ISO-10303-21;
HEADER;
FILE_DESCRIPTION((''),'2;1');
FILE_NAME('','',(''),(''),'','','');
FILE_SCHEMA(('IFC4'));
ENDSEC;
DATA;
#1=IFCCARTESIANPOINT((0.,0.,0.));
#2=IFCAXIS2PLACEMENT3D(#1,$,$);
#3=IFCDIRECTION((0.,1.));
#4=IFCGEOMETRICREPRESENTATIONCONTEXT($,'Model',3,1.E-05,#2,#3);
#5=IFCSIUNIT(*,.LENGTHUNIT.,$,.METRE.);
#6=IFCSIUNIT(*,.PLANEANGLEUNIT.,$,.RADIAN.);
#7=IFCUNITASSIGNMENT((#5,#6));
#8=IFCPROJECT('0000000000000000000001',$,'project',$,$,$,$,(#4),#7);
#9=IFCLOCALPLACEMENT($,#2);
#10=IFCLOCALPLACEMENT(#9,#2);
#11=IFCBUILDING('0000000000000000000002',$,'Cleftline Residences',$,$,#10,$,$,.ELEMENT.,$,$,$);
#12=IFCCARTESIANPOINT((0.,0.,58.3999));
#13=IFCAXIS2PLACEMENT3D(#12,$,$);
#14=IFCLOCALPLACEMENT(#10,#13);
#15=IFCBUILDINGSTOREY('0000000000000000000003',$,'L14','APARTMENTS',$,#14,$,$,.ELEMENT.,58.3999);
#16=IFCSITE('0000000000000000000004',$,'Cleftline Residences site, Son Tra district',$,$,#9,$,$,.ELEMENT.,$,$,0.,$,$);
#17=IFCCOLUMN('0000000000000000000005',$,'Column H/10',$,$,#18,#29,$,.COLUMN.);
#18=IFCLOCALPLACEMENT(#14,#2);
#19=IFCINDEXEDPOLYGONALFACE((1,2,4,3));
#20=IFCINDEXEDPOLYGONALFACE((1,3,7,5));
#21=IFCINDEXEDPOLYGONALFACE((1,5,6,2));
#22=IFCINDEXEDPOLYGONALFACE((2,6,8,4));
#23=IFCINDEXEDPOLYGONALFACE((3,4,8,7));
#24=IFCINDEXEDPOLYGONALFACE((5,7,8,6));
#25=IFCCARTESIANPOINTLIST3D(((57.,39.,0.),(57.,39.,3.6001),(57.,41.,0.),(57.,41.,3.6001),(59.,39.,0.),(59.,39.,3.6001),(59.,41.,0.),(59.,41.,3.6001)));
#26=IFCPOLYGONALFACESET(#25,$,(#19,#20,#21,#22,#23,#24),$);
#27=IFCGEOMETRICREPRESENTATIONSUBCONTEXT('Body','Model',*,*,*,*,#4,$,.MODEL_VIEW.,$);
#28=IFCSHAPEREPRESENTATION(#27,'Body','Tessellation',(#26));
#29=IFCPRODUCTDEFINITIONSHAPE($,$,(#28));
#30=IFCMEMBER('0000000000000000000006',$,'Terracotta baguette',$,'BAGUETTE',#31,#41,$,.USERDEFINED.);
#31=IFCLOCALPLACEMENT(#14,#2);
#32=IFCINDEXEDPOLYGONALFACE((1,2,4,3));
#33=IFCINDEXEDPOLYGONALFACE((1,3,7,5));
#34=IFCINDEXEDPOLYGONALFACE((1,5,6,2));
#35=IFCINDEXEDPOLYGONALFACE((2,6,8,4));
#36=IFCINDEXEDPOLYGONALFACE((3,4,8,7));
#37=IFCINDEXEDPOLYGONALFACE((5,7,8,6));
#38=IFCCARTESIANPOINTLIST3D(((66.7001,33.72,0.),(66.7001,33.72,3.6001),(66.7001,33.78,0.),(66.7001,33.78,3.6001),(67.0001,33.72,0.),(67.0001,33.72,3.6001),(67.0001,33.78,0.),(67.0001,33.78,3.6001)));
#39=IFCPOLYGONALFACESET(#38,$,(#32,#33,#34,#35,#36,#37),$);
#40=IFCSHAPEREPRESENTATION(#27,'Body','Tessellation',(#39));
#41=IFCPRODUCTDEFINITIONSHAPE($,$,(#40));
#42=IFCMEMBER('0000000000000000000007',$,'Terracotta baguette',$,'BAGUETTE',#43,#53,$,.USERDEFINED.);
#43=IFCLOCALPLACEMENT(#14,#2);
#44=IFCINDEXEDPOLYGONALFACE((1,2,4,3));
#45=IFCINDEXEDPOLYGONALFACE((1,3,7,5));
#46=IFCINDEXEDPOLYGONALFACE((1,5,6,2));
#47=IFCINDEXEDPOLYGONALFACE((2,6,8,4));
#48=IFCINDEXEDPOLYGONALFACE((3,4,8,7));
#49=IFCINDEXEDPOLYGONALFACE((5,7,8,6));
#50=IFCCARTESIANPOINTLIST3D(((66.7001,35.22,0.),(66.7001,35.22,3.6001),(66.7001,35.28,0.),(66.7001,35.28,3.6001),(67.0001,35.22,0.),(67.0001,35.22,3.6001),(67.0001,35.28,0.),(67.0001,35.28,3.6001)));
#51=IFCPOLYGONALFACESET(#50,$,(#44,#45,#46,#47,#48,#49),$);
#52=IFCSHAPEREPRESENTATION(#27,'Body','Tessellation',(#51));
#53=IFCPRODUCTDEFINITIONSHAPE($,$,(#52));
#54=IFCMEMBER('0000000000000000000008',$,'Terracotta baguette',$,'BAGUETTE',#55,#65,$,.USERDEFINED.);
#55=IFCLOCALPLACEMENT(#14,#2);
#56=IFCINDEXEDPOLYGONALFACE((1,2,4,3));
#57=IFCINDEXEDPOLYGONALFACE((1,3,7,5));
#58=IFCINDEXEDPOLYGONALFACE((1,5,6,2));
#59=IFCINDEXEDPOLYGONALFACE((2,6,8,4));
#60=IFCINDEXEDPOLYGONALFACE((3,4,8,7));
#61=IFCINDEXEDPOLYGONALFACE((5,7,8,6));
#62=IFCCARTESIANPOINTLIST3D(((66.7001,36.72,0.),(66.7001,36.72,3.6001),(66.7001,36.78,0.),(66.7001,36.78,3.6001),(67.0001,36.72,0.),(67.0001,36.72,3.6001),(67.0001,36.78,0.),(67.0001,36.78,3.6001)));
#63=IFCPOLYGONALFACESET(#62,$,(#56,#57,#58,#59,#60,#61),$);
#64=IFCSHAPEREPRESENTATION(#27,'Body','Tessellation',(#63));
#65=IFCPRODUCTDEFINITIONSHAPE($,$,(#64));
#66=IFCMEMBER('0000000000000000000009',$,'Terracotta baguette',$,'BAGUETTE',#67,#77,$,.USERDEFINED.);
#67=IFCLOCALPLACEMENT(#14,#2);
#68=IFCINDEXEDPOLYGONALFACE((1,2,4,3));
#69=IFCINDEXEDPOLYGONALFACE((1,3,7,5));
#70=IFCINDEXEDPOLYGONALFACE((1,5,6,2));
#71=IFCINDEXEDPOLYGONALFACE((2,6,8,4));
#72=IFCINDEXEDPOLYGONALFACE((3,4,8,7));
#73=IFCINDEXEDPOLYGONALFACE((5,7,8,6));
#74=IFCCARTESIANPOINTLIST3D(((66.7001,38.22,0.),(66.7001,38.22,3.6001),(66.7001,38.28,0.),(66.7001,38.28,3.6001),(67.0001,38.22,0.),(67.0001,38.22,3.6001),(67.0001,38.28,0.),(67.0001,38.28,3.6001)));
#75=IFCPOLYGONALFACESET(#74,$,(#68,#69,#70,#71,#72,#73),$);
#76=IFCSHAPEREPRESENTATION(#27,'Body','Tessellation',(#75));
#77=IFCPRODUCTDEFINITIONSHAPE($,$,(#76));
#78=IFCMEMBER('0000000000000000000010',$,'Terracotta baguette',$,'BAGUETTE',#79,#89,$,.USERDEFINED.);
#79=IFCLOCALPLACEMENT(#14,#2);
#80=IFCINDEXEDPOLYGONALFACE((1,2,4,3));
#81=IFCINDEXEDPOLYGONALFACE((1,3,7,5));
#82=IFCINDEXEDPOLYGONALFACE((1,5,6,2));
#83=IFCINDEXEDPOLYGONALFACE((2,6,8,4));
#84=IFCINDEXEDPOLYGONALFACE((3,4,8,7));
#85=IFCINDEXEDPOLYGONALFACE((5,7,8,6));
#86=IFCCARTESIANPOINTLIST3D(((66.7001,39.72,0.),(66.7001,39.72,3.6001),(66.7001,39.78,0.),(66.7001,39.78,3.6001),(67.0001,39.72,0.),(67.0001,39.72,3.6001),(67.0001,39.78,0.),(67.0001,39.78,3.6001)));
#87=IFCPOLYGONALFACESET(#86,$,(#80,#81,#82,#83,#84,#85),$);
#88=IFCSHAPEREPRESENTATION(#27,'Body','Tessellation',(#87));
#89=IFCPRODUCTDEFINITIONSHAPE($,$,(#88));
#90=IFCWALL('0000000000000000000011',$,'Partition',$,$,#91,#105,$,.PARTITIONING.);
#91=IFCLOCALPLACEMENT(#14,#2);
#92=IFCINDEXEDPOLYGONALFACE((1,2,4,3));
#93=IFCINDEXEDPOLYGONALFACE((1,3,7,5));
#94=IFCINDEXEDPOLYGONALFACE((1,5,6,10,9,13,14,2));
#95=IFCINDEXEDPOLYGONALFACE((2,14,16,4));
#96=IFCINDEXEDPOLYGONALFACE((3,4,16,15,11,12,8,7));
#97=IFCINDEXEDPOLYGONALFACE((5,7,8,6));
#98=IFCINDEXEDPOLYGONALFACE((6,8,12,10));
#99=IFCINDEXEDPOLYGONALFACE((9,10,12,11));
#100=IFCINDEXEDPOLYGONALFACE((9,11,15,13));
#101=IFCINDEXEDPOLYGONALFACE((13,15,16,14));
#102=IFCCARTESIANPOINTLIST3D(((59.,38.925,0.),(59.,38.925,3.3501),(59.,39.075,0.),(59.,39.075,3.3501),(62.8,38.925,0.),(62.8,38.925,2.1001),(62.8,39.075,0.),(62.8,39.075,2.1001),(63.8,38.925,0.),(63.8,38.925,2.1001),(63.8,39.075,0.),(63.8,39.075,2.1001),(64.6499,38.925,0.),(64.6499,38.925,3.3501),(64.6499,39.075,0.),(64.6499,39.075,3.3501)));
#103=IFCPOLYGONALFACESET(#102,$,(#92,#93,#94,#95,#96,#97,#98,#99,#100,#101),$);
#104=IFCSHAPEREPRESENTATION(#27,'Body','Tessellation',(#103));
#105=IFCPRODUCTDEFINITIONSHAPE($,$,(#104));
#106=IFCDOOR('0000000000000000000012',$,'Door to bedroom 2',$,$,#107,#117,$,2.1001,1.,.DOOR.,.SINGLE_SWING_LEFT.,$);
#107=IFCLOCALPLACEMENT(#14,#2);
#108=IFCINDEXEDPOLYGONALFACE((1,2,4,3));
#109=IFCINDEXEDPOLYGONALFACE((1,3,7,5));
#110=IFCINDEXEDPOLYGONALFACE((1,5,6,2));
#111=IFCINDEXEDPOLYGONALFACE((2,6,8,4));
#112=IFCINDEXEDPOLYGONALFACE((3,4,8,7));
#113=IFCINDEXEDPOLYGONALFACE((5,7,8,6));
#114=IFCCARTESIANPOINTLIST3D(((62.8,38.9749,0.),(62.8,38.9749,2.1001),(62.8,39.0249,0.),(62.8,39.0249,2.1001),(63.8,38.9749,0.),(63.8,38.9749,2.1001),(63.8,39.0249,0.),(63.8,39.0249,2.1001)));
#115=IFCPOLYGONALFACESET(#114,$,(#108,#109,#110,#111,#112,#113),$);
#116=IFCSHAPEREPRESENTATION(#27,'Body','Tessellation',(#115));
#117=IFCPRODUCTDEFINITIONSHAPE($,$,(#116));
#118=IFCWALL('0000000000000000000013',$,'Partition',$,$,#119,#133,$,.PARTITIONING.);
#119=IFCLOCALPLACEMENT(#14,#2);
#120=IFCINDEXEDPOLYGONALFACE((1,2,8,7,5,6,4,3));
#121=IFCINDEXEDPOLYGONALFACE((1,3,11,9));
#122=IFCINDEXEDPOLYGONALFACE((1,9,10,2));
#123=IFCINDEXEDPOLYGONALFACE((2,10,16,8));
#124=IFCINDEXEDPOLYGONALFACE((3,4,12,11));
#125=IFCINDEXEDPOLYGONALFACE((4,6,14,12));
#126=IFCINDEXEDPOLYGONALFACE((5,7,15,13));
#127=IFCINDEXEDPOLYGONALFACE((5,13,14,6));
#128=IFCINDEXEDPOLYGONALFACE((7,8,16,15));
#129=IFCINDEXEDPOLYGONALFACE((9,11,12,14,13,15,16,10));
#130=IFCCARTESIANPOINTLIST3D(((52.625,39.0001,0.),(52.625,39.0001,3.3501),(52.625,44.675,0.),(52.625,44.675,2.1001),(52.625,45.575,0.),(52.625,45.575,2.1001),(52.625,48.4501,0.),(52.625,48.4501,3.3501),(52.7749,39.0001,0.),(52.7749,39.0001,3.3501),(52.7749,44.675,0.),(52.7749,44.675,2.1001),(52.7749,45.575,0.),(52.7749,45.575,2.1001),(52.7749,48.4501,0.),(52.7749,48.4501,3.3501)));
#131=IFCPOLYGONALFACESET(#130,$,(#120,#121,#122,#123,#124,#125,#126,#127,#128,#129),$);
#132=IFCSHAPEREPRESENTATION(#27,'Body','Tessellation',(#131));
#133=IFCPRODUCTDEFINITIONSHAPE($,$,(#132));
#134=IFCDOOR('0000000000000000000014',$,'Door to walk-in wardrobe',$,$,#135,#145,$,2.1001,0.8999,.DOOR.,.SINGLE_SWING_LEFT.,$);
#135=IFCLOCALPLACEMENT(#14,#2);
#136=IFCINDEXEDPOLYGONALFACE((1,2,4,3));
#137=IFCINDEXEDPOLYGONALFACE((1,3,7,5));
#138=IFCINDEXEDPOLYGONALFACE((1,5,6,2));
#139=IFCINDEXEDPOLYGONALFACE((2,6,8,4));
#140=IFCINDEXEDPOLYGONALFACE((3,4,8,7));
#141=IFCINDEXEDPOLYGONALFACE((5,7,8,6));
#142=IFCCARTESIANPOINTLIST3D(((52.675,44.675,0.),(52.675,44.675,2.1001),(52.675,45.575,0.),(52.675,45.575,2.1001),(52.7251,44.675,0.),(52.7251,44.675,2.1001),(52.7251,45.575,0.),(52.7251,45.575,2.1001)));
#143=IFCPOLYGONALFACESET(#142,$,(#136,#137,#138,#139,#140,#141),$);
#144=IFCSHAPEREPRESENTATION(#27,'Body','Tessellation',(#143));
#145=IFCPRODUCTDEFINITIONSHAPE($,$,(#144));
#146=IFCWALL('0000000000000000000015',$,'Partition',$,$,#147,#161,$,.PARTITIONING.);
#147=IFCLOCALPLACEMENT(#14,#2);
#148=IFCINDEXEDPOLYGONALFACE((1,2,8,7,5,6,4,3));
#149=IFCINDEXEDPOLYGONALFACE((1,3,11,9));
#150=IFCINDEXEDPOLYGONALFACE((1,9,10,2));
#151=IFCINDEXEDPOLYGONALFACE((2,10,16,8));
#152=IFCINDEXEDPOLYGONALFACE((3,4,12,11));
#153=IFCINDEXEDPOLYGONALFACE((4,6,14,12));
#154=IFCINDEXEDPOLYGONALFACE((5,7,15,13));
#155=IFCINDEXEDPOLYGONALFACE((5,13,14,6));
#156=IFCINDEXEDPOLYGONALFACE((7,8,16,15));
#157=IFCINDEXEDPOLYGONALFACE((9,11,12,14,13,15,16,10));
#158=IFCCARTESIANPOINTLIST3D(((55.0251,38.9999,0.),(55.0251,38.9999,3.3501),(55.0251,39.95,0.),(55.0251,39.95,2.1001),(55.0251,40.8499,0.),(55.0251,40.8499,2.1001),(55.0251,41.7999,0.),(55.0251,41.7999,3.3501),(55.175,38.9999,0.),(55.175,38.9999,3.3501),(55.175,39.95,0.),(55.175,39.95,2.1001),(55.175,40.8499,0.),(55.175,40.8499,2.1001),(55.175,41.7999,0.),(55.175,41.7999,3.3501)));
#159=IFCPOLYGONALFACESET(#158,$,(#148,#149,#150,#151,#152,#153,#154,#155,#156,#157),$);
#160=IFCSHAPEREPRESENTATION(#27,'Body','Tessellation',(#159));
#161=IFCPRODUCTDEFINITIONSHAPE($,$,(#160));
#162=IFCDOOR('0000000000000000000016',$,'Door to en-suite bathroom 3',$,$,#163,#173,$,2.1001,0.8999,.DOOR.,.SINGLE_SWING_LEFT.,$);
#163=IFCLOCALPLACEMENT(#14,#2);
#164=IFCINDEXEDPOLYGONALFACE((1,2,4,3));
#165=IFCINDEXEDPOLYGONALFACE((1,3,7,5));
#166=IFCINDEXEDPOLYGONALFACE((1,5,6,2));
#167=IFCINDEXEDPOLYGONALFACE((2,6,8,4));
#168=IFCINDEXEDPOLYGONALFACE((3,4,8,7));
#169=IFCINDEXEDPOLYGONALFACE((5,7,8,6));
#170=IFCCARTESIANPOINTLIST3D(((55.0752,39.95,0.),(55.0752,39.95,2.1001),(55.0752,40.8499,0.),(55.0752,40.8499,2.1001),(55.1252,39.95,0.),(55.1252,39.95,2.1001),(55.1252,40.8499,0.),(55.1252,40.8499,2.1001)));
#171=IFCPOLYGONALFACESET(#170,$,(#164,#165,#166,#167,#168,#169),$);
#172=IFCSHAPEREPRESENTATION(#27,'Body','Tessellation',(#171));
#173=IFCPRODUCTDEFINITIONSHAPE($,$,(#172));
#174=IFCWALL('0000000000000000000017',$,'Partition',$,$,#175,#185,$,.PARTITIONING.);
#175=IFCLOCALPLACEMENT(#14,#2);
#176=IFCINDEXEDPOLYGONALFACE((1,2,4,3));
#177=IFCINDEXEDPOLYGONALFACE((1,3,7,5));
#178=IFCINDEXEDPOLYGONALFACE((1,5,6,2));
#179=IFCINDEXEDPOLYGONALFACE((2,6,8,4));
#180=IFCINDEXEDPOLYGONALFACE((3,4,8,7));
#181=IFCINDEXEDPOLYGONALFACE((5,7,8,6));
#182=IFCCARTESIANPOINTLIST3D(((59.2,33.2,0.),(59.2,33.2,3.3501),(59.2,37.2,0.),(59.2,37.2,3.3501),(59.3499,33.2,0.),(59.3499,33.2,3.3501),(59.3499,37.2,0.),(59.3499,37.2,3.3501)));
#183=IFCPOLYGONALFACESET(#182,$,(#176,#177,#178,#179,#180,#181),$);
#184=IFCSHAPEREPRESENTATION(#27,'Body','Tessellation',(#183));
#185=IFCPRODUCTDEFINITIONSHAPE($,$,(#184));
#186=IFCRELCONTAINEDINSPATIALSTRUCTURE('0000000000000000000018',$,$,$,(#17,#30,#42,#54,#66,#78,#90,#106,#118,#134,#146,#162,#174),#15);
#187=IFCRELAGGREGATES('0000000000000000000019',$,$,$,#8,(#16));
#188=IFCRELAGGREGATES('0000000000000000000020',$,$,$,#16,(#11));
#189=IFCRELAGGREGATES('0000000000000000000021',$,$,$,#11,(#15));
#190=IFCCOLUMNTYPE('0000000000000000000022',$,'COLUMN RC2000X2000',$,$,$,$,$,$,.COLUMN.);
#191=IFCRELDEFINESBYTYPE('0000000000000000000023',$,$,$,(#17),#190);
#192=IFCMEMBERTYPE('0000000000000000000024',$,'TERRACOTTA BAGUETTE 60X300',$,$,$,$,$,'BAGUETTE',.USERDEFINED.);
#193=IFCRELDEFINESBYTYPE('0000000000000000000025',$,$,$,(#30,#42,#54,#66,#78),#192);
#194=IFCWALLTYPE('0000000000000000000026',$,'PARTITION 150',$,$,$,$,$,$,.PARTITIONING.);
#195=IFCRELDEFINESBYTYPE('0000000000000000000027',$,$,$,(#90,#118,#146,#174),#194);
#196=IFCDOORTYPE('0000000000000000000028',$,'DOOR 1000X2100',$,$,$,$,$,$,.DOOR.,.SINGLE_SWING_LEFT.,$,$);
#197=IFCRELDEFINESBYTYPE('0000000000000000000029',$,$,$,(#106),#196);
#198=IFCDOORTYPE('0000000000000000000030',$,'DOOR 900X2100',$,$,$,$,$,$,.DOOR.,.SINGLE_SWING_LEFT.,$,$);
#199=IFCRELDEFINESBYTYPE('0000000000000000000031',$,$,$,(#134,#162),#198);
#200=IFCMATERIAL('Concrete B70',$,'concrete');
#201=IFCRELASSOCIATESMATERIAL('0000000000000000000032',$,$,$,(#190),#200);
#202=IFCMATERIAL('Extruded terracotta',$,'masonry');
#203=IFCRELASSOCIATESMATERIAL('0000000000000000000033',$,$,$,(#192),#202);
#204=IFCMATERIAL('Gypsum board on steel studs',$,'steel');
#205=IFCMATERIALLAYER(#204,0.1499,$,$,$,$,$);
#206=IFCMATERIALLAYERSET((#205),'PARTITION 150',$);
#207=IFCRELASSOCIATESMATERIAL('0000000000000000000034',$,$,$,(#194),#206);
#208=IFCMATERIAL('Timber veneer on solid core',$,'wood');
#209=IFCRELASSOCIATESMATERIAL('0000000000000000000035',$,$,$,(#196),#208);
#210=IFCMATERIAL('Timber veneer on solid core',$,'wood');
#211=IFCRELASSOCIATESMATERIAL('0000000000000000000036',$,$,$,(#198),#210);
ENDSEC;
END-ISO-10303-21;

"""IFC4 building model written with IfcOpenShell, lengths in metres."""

from ifc_helpers import new_model, si_unit, direction, frame, frame_2d, origin, origin_2d, place, context, subcontext, project, spatial, rectangle, extrude, material, layer, layer_set, material_profile, profile_set, type_object, element, fill, save


model = new_model("IFC4")

# Units and contexts
model_context = context("Model", 3, precision=1e-05, world=origin(), true_north=direction((0.0, 1.0)))
body_context = subcontext(model_context, "Body", "Model", "MODEL_VIEW")
ifc_project = project(units=[si_unit("LENGTHUNIT", "METRE"), si_unit("PLANEANGLEUNIT", "RADIAN")], contexts=[model_context])

# Site, building, storey
site_placement = place(None, origin())
site = spatial("IfcSite", under=ifc_project, at=site_placement, Name="Cleftline Residences site, Son Tra district", CompositionType="ELEMENT", RefElevation=0.0)
building_placement = place(site_placement, origin())
building = spatial("IfcBuilding", under=site, at=building_placement, Name="Cleftline Residences", CompositionType="ELEMENT")
storey_placement = place(building_placement, frame((0.0, 0.0, 58.3999)))
storey = spatial("IfcBuildingStorey", under=building, at=storey_placement, Name="L14", Description="APARTMENTS", CompositionType="ELEMENT", Elevation=58.3999)

# Column
ifc_material_1 = material(Name="Concrete B70", Category="concrete")
ifc_material_profile_1 = material_profile(ifc_material_1, rectangle(XDim=2.0, YDim=2.0, at=origin_2d()))
ifc_profile_set_1 = profile_set([ifc_material_profile_1], Name="Concrete B70")
column_type = type_object("IfcColumnType", Name="COLUMN RC2000X2000", PredefinedType="COLUMN", material=ifc_profile_set_1)
column_placement = place(storey_placement, frame((58.0, 40.0, 0.0), z_axis=(0.0, 0.0, 1.0), x_axis=(1.0, 0.0, 0.0)))
element("IfcColumn", 1, at=column_placement, inside=storey, type_object=column_type, Name="Column H/10", PredefinedType="COLUMN", context=body_context, shape_type="SweptSolid", body=[
    extrude(rectangle(XDim=2.0, YDim=2.0, at=origin_2d()), origin(), (0.0, 0.0, 1.0), 3.6001),
])

# Members
ifc_material_2 = material(Name="Extruded terracotta", Category="masonry")
ifc_material_profile_2 = material_profile(ifc_material_2, rectangle(XDim=0.0601, YDim=0.3, at=origin_2d()))
ifc_profile_set_2 = profile_set([ifc_material_profile_2], Name="Extruded terracotta")
member_type = type_object("IfcMemberType", Name="TERRACOTTA BAGUETTE 60X300", ElementType="BAGUETTE", PredefinedType="USERDEFINED", material=ifc_profile_set_2)
for number, where, z_axis, x_axis, name in (
    (2, (66.8501, 33.75, 0.0), (0.0, 0.0, 1.0), (0.0, 1.0, 0.0), "Terracotta baguette"),
    (3, (66.8501, 35.25, 0.0), (0.0, 0.0, 1.0), (0.0, 1.0, 0.0), "Terracotta baguette"),
    (4, (66.8501, 36.75, 0.0), (0.0, 0.0, 1.0), (0.0, 1.0, 0.0), "Terracotta baguette"),
    (5, (66.8501, 38.25, 0.0), (0.0, 0.0, 1.0), (0.0, 1.0, 0.0), "Terracotta baguette"),
    (6, (66.8501, 39.75, 0.0), (0.0, 0.0, 1.0), (0.0, 1.0, 0.0), "Terracotta baguette"),
):
    element("IfcMember", number, at=place(storey_placement, frame(where, z_axis=z_axis, x_axis=x_axis)), inside=storey, type_object=member_type, Name=name, ObjectType="BAGUETTE", PredefinedType="USERDEFINED", context=body_context, shape_type="SweptSolid", body=[
        extrude(rectangle(XDim=0.0601, YDim=0.3, at=origin_2d()), origin(), (0.0, 0.0, 1.0), 3.6001),
    ])

# Walls, openings, doors
ifc_material_3 = material(Name="Gypsum board on steel studs", Category="steel")
ifc_layer = layer(ifc_material_3, 0.1499)
ifc_layer_set = layer_set([ifc_layer], Name="PARTITION 150")
wall_type = type_object("IfcWallType", Name="PARTITION 150", PredefinedType="PARTITIONING", material=ifc_layer_set)
wall_1_placement = place(storey_placement, frame((59.0, 39.0, 0.0), z_axis=(0.0, 0.0, 1.0), x_axis=(1.0, 0.0, 0.0)))
wall_1 = element("IfcWall", 7, at=wall_1_placement, inside=storey, type_object=wall_type, Name="Partition", PredefinedType="PARTITIONING", context=body_context, shape_type="SweptSolid", body=[
    extrude(rectangle(XDim=5.6499, YDim=0.1499, at=frame_2d((2.825, 0.0))), origin(), (0.0, 0.0, 1.0), 3.3501),
])
opening_1_placement = place(wall_1_placement, frame((3.8, 0.0, 0.0)))
opening_1 = element("IfcOpeningElement", 8, at=opening_1_placement, cuts=wall_1, PredefinedType="OPENING", context=body_context, shape_type="SweptSolid", body=[
    extrude(rectangle(XDim=1.0, YDim=2.1001, at=frame_2d((0.5, 1.05))), frame((0.0, 0.085, 0.0), z_axis=(0.0, -1.0, 0.0), x_axis=(1.0, 0.0, 0.0)), (0.0, 0.0, 1.0), 0.1699),
])
ifc_material_4 = material(Name="Timber veneer on solid core", Category="wood")
door_type_1 = type_object("IfcDoorType", Name="DOOR 1000X2100", OperationType="SINGLE_SWING_LEFT", PredefinedType="DOOR", material=ifc_material_4)
door_1_placement = place(opening_1_placement, origin())
door_1 = element("IfcDoor", 9, at=door_1_placement, inside=storey, type_object=door_type_1, Name="Door to bedroom 2", OperationType="SINGLE_SWING_LEFT", OverallHeight=2.1001, OverallWidth=1.0, PredefinedType="DOOR", context=body_context, shape_type="SweptSolid", body=[
    extrude(rectangle(XDim=1.0, YDim=2.1001, at=frame_2d((0.5, 1.05))), frame((0.0, 0.0249, 0.0), z_axis=(0.0, -1.0, 0.0), x_axis=(1.0, 0.0, 0.0)), (0.0, 0.0, 1.0), 0.05),
])
fill(opening_1, door_1)
wall_2_placement = place(storey_placement, frame((52.7, 39.0, 0.0), z_axis=(0.0, 0.0, 1.0), x_axis=(0.0, 1.0, 0.0)))
wall_2 = element("IfcWall", 10, at=wall_2_placement, inside=storey, type_object=wall_type, Name="Partition", PredefinedType="PARTITIONING", context=body_context, shape_type="SweptSolid", body=[
    extrude(rectangle(XDim=9.45, YDim=0.1499, at=frame_2d((4.7251, 0.0))), origin(), (0.0, 0.0, 1.0), 3.3501),
])
opening_2_placement = place(wall_2_placement, frame((5.675, 0.0, 0.0)))
opening_2 = element("IfcOpeningElement", 11, at=opening_2_placement, cuts=wall_2, PredefinedType="OPENING", context=body_context, shape_type="SweptSolid", body=[
    extrude(rectangle(XDim=0.8999, YDim=2.1001, at=frame_2d((0.45, 1.05))), frame((0.0, 0.085, 0.0), z_axis=(0.0, -1.0, 0.0), x_axis=(1.0, 0.0, 0.0)), (0.0, 0.0, 1.0), 0.1699),
])
ifc_material_5 = material(Name="Timber veneer on solid core", Category="wood")
door_type_2 = type_object("IfcDoorType", Name="DOOR 900X2100", OperationType="SINGLE_SWING_LEFT", PredefinedType="DOOR", material=ifc_material_5)
door_2_placement = place(opening_2_placement, origin())
door_2 = element("IfcDoor", 12, at=door_2_placement, inside=storey, type_object=door_type_2, Name="Door to walk-in wardrobe", OperationType="SINGLE_SWING_LEFT", OverallHeight=2.1001, OverallWidth=0.8999, PredefinedType="DOOR", context=body_context, shape_type="SweptSolid", body=[
    extrude(rectangle(XDim=0.8999, YDim=2.1001, at=frame_2d((0.45, 1.05))), frame((0.0, 0.0249, 0.0), z_axis=(0.0, -1.0, 0.0), x_axis=(1.0, 0.0, 0.0)), (0.0, 0.0, 1.0), 0.05),
])
fill(opening_2, door_2)
wall_3_placement = place(storey_placement, frame((55.1001, 39.0, 0.0), z_axis=(0.0, 0.0, 1.0), x_axis=(0.0, 1.0, 0.0)))
wall_3 = element("IfcWall", 13, at=wall_3_placement, inside=storey, type_object=wall_type, Name="Partition", PredefinedType="PARTITIONING", context=body_context, shape_type="SweptSolid", body=[
    extrude(rectangle(XDim=2.8, YDim=0.1499, at=frame_2d((1.3999, 0.0))), origin(), (0.0, 0.0, 1.0), 3.3501),
])
opening_3_placement = place(wall_3_placement, frame((0.95, 0.0, 0.0)))
opening_3 = element("IfcOpeningElement", 14, at=opening_3_placement, cuts=wall_3, PredefinedType="OPENING", context=body_context, shape_type="SweptSolid", body=[
    extrude(rectangle(XDim=0.8999, YDim=2.1001, at=frame_2d((0.45, 1.05))), frame((0.0, 0.085, 0.0), z_axis=(0.0, -1.0, 0.0), x_axis=(1.0, 0.0, 0.0)), (0.0, 0.0, 1.0), 0.1699),
])
door_3_placement = place(opening_3_placement, origin())
door_3 = element("IfcDoor", 15, at=door_3_placement, inside=storey, type_object=door_type_2, Name="Door to en-suite bathroom 3", OperationType="SINGLE_SWING_LEFT", OverallHeight=2.1001, OverallWidth=0.8999, PredefinedType="DOOR", context=body_context, shape_type="SweptSolid", body=[
    extrude(rectangle(XDim=0.8999, YDim=2.1001, at=frame_2d((0.45, 1.05))), frame((0.0, 0.0249, 0.0), z_axis=(0.0, -1.0, 0.0), x_axis=(1.0, 0.0, 0.0)), (0.0, 0.0, 1.0), 0.05),
])
fill(opening_3, door_3)

# Wall
wall_4_placement = place(storey_placement, frame((59.2749, 33.2, 0.0), z_axis=(0.0, 0.0, 1.0), x_axis=(0.0, 1.0, 0.0)))
element("IfcWall", 16, at=wall_4_placement, inside=storey, type_object=wall_type, Name="Partition", PredefinedType="PARTITIONING", context=body_context, shape_type="SweptSolid", body=[
    extrude(rectangle(XDim=4.0, YDim=0.1499, at=frame_2d((2.0, 0.0))), origin(), (0.0, 0.0, 1.0), 3.3501),
])

save(model, "model.ifc")
